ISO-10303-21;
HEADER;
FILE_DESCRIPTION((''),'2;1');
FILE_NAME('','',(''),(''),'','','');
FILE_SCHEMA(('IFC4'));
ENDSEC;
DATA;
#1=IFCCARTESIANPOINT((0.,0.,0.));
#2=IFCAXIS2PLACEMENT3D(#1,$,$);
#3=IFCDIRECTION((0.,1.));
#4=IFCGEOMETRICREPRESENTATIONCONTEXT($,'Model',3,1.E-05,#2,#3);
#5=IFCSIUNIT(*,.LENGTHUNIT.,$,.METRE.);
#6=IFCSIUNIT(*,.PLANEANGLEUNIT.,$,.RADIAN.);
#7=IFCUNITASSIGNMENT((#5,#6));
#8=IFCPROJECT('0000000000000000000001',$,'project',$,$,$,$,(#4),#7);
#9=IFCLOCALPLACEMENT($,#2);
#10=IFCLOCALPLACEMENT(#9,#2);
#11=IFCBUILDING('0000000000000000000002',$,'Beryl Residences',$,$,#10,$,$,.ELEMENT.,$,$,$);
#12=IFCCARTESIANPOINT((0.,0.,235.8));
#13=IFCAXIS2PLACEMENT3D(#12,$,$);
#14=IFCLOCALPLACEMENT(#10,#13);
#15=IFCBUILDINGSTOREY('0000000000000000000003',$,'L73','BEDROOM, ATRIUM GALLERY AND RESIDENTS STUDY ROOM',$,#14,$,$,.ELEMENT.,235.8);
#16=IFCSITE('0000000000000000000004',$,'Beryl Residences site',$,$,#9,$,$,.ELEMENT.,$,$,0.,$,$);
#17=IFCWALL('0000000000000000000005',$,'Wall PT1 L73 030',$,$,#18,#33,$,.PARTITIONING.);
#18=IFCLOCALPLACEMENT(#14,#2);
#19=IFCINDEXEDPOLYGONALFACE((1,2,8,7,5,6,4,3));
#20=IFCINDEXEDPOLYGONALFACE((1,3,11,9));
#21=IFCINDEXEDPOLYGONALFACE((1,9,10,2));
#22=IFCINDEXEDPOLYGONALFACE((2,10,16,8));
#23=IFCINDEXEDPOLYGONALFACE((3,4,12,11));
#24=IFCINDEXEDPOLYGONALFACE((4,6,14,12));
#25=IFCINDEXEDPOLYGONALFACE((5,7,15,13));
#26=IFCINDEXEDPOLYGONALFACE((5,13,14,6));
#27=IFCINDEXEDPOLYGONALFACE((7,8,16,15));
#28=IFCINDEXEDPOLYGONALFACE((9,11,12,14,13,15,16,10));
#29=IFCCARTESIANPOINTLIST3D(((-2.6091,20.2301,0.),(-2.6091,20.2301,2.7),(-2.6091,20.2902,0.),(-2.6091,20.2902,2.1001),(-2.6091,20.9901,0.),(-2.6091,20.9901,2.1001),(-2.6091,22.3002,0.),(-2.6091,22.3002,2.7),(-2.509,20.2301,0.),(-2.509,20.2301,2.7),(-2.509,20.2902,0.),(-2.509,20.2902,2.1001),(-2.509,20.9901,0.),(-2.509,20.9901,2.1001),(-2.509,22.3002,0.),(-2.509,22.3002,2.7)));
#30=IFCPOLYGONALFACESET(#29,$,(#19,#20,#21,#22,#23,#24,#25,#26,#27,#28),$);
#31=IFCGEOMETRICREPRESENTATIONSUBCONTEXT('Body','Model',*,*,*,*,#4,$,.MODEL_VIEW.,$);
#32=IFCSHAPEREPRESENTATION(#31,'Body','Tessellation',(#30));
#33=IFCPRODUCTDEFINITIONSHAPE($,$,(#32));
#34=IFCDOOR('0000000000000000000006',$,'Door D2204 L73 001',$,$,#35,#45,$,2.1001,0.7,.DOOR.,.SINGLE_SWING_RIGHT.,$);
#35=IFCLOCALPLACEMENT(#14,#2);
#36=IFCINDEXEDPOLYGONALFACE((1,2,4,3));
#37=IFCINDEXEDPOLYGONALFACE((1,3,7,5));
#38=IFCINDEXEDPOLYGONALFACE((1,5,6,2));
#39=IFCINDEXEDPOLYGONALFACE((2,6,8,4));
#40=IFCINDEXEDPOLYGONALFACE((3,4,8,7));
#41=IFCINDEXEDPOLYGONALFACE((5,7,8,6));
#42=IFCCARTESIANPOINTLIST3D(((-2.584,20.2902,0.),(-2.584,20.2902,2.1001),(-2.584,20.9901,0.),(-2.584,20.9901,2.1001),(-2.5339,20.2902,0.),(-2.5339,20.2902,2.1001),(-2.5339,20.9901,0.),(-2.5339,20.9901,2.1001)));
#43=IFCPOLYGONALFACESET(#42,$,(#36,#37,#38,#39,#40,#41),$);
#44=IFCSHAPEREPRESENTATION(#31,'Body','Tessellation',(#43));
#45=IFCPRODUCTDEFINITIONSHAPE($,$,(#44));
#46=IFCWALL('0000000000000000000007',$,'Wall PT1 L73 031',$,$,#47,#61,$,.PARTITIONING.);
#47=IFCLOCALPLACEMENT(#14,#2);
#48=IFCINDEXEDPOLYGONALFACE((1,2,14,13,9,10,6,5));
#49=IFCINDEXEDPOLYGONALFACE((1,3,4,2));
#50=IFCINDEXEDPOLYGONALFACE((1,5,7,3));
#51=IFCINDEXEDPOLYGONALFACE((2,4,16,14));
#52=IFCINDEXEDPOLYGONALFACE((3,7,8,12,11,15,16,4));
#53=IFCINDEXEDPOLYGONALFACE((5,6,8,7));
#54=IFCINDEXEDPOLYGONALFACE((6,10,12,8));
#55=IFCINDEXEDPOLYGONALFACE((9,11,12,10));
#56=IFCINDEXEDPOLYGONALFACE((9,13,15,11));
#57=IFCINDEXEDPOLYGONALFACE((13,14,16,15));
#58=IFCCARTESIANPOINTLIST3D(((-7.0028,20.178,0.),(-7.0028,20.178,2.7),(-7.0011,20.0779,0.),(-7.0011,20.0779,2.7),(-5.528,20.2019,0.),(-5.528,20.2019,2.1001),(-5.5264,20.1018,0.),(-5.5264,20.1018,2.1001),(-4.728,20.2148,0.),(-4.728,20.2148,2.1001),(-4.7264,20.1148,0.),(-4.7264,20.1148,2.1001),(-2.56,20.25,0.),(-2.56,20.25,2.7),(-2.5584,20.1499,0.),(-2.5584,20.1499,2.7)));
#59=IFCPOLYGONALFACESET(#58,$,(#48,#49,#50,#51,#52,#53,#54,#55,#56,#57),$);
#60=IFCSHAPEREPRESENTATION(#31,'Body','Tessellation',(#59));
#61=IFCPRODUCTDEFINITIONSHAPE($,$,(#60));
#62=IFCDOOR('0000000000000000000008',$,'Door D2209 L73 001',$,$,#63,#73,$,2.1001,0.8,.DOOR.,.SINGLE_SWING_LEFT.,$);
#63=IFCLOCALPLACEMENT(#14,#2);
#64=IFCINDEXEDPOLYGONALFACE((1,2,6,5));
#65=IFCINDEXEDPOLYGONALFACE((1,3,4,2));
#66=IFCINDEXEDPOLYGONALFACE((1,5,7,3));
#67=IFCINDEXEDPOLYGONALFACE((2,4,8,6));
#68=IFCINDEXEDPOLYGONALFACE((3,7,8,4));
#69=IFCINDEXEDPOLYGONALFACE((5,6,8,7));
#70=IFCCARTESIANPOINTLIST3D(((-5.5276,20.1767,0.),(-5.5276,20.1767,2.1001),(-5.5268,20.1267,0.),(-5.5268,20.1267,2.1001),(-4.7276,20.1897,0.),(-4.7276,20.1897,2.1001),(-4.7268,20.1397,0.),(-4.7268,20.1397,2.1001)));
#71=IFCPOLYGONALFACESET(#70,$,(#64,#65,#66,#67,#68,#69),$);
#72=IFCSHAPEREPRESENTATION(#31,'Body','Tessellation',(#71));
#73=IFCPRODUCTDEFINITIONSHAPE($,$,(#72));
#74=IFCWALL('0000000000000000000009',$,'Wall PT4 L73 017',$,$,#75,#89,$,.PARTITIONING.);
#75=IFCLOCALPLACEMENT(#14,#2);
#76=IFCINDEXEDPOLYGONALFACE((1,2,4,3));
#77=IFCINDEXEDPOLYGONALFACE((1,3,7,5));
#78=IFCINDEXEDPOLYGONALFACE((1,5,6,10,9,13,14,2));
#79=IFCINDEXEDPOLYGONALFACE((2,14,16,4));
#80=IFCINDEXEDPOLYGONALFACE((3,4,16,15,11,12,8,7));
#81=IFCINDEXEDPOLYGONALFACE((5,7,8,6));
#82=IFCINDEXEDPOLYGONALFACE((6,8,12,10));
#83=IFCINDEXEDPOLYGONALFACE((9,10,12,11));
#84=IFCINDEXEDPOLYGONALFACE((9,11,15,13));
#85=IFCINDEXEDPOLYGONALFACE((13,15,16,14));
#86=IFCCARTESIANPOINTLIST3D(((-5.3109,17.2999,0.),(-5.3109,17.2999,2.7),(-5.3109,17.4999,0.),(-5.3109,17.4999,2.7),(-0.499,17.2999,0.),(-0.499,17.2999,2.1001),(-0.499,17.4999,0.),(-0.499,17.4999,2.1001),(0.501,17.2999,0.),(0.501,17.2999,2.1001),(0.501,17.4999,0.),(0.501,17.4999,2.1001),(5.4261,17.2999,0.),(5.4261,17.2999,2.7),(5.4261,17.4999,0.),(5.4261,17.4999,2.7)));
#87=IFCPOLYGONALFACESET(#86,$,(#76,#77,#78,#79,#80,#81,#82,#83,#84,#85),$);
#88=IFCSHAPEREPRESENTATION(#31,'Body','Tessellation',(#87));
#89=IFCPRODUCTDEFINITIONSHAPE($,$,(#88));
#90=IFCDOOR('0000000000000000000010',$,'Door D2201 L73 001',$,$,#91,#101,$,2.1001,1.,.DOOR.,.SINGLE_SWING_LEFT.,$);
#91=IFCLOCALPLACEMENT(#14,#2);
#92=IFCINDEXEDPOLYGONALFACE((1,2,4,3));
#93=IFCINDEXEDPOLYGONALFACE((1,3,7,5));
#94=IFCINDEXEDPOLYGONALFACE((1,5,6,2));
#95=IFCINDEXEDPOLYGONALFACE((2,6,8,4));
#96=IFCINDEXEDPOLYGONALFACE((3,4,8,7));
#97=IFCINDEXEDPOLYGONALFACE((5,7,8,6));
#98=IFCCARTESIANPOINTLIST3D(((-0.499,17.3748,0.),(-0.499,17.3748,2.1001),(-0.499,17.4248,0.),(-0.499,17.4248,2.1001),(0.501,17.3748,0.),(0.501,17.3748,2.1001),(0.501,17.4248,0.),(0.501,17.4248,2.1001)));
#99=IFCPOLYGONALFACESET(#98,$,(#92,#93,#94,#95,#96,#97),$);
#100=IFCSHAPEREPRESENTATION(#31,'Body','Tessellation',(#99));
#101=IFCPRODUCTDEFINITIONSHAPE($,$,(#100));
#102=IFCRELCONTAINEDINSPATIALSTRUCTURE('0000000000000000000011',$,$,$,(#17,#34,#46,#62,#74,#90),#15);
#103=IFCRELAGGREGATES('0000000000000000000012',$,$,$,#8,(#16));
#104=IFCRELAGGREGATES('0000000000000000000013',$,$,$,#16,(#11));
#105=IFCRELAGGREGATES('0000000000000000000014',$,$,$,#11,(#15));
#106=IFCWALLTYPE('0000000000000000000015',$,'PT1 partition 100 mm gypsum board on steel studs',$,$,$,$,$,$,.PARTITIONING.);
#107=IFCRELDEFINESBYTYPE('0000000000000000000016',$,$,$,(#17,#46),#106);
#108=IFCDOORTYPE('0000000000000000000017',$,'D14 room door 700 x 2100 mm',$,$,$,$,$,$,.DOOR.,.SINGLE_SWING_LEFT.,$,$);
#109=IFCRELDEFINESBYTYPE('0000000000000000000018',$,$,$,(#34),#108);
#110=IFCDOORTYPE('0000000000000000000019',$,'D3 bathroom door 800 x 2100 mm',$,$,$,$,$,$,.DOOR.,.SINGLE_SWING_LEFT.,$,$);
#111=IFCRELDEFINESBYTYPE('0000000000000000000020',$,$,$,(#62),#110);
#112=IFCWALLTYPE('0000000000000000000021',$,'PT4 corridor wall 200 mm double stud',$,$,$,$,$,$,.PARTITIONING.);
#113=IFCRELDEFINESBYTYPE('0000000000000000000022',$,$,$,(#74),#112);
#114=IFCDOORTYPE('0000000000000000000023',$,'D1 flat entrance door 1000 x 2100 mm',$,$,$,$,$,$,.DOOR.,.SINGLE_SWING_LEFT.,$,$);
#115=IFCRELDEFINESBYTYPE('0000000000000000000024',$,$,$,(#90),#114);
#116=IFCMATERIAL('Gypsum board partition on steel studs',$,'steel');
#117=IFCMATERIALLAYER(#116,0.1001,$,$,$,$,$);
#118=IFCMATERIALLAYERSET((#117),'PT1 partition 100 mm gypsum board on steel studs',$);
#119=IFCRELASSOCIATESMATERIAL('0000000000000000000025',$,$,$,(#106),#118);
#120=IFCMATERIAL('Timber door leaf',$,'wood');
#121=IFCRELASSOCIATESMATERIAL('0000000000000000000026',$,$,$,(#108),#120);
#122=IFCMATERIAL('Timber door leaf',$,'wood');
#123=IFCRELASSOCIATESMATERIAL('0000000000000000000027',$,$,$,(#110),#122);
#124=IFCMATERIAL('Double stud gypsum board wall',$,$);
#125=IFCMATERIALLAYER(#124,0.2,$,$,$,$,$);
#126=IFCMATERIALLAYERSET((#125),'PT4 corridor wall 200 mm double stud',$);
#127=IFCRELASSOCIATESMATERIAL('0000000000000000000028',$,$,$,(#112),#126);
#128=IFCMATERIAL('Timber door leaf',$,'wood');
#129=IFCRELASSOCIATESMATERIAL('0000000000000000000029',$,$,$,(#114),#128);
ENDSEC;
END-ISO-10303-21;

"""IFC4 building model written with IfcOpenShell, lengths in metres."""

from ifc_helpers import new_model, si_unit, direction, frame, frame_2d, origin, place, context, subcontext, project, spatial, rectangle, extrude, material, layer, layer_set, type_object, element, fill, save


model = new_model("IFC4")

# Units and contexts
model_context = context("Model", 3, precision=1e-05, world=origin(), true_north=direction((0.0, 1.0)))
body_context = subcontext(model_context, "Body", "Model", "MODEL_VIEW")
ifc_project = project(units=[si_unit("LENGTHUNIT", "METRE"), si_unit("PLANEANGLEUNIT", "RADIAN")], contexts=[model_context])

# Site, building, storey
site_placement = place(None, origin())
site = spatial("IfcSite", under=ifc_project, at=site_placement, Name="Beryl Residences site", CompositionType="ELEMENT", RefElevation=0.0)
building_placement = place(site_placement, origin())
building = spatial("IfcBuilding", under=site, at=building_placement, Name="Beryl Residences", CompositionType="ELEMENT")
storey_placement = place(building_placement, frame((0.0, 0.0, 235.8)))
storey = spatial("IfcBuildingStorey", under=building, at=storey_placement, Name="L73", Description="BEDROOM, ATRIUM GALLERY AND RESIDENTS STUDY ROOM", CompositionType="ELEMENT", Elevation=235.8)

# Shared definitions
ifc_material_1 = material(Name="Gypsum board partition on steel studs", Category="steel")
ifc_layer_1 = layer(ifc_material_1, 0.1001)
ifc_layer_set_1 = layer_set([ifc_layer_1], Name="PT1 partition 100 mm gypsum board on steel studs")
wall_type_1 = type_object("IfcWallType", Name="PT1 partition 100 mm gypsum board on steel studs", PredefinedType="PARTITIONING", material=ifc_layer_set_1)

# Walls, openings, doors
wall_1_placement = place(storey_placement, frame((-2.5591, 20.23, 0.0), z_axis=(0.0, 0.0, 1.0), x_axis=(0.0, 1.0, 0.0)))
wall_1 = element("IfcWall", 1, at=wall_1_placement, inside=storey, type_object=wall_type_1, Name="Wall PT1 L73 030", PredefinedType="PARTITIONING", context=body_context, shape_type="SweptSolid", body=[
    extrude(rectangle(XDim=2.0701, YDim=0.1001, at=frame_2d((1.0352, 0.0))), origin(), (0.0, 0.0, 1.0), 2.7),
])
opening_1_placement = place(wall_1_placement, frame((0.0601, 0.0, 0.0)))
opening_1 = element("IfcOpeningElement", 2, at=opening_1_placement, cuts=wall_1, PredefinedType="OPENING", context=body_context, shape_type="SweptSolid", body=[
    extrude(rectangle(XDim=0.7, YDim=2.1001, at=frame_2d((0.3501, 1.05))), frame((0.0, 0.0601, 0.0), z_axis=(0.0, -1.0, 0.0), x_axis=(1.0, 0.0, 0.0)), (0.0, 0.0, 1.0), 0.1201),
])
ifc_material_2 = material(Name="Timber door leaf", Category="wood")
door_type_1 = type_object("IfcDoorType", Name="D14 room door 700 x 2100 mm", OperationType="SINGLE_SWING_LEFT", PredefinedType="DOOR", material=ifc_material_2)
door_1_placement = place(opening_1_placement, origin())
door_1 = element("IfcDoor", 3, at=door_1_placement, inside=storey, type_object=door_type_1, Name="Door D2204 L73 001", OperationType="SINGLE_SWING_RIGHT", OverallHeight=2.1001, OverallWidth=0.7, PredefinedType="DOOR", context=body_context, shape_type="SweptSolid", body=[
    extrude(rectangle(XDim=0.7, YDim=2.1001, at=frame_2d((0.3501, 1.05))), frame((0.0, 0.0249, 0.0), z_axis=(0.0, -1.0, 0.0), x_axis=(1.0, 0.0, 0.0)), (0.0, 0.0, 1.0), 0.05),
])
fill(opening_1, door_1)
wall_2_placement = place(storey_placement, frame((-7.002, 20.1279, 0.0), z_axis=(0.0, 0.0, 1.0), x_axis=(0.999869, 0.016208, 0.0)))
wall_2 = element("IfcWall", 4, at=wall_2_placement, inside=storey, type_object=wall_type_1, Name="Wall PT1 L73 031", PredefinedType="PARTITIONING", context=body_context, shape_type="SweptSolid", body=[
    extrude(rectangle(XDim=4.4434, YDim=0.1001, at=frame_2d((2.2217, 0.0))), origin(), (0.0, 0.0, 1.0), 2.7),
])
opening_2_placement = place(wall_2_placement, frame((1.4751, 0.0, 0.0)))
opening_2 = element("IfcOpeningElement", 5, at=opening_2_placement, cuts=wall_2, PredefinedType="OPENING", context=body_context, shape_type="SweptSolid", body=[
    extrude(rectangle(XDim=0.8, YDim=2.1001, at=frame_2d((0.3999, 1.05))), frame((0.0, 0.0601, 0.0), z_axis=(0.0, -1.0, 0.0), x_axis=(1.0, 0.0, 0.0)), (0.0, 0.0, 1.0), 0.1201),
])
ifc_material_3 = material(Name="Timber door leaf", Category="wood")
door_type_2 = type_object("IfcDoorType", Name="D3 bathroom door 800 x 2100 mm", OperationType="SINGLE_SWING_LEFT", PredefinedType="DOOR", material=ifc_material_3)
door_2_placement = place(opening_2_placement, origin())
door_2 = element("IfcDoor", 6, at=door_2_placement, inside=storey, type_object=door_type_2, Name="Door D2209 L73 001", OperationType="SINGLE_SWING_LEFT", OverallHeight=2.1001, OverallWidth=0.8, PredefinedType="DOOR", context=body_context, shape_type="SweptSolid", body=[
    extrude(rectangle(XDim=0.8, YDim=2.1001, at=frame_2d((0.3999, 1.05))), frame((0.0, 0.0249, 0.0), z_axis=(0.0, -1.0, 0.0), x_axis=(1.0, 0.0, 0.0)), (0.0, 0.0, 1.0), 0.05),
])
fill(opening_2, door_2)
ifc_material_4 = material(Name="Double stud gypsum board wall")
ifc_layer_2 = layer(ifc_material_4, 0.2)
ifc_layer_set_2 = layer_set([ifc_layer_2], Name="PT4 corridor wall 200 mm double stud")
wall_type_2 = type_object("IfcWallType", Name="PT4 corridor wall 200 mm double stud", PredefinedType="PARTITIONING", material=ifc_layer_set_2)
wall_3_placement = place(storey_placement, frame((-5.311, 17.3999, 0.0), z_axis=(0.0, 0.0, 1.0), x_axis=(1.0, 0.0, 0.0)))
wall_3 = element("IfcWall", 7, at=wall_3_placement, inside=storey, type_object=wall_type_2, Name="Wall PT4 L73 017", PredefinedType="PARTITIONING", context=body_context, shape_type="SweptSolid", body=[
    extrude(rectangle(XDim=10.7371, YDim=0.2, at=frame_2d((5.3687, 0.0))), origin(), (0.0, 0.0, 1.0), 2.7),
])
opening_3_placement = place(wall_3_placement, frame((4.812, 0.0, 0.0)))
opening_3 = element("IfcOpeningElement", 8, at=opening_3_placement, cuts=wall_3, PredefinedType="OPENING", context=body_context, shape_type="SweptSolid", body=[
    extrude(rectangle(XDim=1.0, YDim=2.1001, at=frame_2d((0.5, 1.05))), frame((0.0, 0.1099, 0.0), z_axis=(0.0, -1.0, 0.0), x_axis=(1.0, 0.0, 0.0)), (0.0, 0.0, 1.0), 0.22),
])
ifc_material_5 = material(Name="Timber door leaf", Category="wood")
door_type_3 = type_object("IfcDoorType", Name="D1 flat entrance door 1000 x 2100 mm", OperationType="SINGLE_SWING_LEFT", PredefinedType="DOOR", material=ifc_material_5)
door_3_placement = place(opening_3_placement, origin())
door_3 = element("IfcDoor", 9, at=door_3_placement, inside=storey, type_object=door_type_3, Name="Door D2201 L73 001", OperationType="SINGLE_SWING_LEFT", OverallHeight=2.1001, OverallWidth=1.0, PredefinedType="DOOR", context=body_context, shape_type="SweptSolid", body=[
    extrude(rectangle(XDim=1.0, YDim=2.1001, at=frame_2d((0.5, 1.05))), frame((0.0, 0.0249, 0.0), z_axis=(0.0, -1.0, 0.0), x_axis=(1.0, 0.0, 0.0)), (0.0, 0.0, 1.0), 0.05),
])
fill(opening_3, door_3)

save(model, "model.ifc")
